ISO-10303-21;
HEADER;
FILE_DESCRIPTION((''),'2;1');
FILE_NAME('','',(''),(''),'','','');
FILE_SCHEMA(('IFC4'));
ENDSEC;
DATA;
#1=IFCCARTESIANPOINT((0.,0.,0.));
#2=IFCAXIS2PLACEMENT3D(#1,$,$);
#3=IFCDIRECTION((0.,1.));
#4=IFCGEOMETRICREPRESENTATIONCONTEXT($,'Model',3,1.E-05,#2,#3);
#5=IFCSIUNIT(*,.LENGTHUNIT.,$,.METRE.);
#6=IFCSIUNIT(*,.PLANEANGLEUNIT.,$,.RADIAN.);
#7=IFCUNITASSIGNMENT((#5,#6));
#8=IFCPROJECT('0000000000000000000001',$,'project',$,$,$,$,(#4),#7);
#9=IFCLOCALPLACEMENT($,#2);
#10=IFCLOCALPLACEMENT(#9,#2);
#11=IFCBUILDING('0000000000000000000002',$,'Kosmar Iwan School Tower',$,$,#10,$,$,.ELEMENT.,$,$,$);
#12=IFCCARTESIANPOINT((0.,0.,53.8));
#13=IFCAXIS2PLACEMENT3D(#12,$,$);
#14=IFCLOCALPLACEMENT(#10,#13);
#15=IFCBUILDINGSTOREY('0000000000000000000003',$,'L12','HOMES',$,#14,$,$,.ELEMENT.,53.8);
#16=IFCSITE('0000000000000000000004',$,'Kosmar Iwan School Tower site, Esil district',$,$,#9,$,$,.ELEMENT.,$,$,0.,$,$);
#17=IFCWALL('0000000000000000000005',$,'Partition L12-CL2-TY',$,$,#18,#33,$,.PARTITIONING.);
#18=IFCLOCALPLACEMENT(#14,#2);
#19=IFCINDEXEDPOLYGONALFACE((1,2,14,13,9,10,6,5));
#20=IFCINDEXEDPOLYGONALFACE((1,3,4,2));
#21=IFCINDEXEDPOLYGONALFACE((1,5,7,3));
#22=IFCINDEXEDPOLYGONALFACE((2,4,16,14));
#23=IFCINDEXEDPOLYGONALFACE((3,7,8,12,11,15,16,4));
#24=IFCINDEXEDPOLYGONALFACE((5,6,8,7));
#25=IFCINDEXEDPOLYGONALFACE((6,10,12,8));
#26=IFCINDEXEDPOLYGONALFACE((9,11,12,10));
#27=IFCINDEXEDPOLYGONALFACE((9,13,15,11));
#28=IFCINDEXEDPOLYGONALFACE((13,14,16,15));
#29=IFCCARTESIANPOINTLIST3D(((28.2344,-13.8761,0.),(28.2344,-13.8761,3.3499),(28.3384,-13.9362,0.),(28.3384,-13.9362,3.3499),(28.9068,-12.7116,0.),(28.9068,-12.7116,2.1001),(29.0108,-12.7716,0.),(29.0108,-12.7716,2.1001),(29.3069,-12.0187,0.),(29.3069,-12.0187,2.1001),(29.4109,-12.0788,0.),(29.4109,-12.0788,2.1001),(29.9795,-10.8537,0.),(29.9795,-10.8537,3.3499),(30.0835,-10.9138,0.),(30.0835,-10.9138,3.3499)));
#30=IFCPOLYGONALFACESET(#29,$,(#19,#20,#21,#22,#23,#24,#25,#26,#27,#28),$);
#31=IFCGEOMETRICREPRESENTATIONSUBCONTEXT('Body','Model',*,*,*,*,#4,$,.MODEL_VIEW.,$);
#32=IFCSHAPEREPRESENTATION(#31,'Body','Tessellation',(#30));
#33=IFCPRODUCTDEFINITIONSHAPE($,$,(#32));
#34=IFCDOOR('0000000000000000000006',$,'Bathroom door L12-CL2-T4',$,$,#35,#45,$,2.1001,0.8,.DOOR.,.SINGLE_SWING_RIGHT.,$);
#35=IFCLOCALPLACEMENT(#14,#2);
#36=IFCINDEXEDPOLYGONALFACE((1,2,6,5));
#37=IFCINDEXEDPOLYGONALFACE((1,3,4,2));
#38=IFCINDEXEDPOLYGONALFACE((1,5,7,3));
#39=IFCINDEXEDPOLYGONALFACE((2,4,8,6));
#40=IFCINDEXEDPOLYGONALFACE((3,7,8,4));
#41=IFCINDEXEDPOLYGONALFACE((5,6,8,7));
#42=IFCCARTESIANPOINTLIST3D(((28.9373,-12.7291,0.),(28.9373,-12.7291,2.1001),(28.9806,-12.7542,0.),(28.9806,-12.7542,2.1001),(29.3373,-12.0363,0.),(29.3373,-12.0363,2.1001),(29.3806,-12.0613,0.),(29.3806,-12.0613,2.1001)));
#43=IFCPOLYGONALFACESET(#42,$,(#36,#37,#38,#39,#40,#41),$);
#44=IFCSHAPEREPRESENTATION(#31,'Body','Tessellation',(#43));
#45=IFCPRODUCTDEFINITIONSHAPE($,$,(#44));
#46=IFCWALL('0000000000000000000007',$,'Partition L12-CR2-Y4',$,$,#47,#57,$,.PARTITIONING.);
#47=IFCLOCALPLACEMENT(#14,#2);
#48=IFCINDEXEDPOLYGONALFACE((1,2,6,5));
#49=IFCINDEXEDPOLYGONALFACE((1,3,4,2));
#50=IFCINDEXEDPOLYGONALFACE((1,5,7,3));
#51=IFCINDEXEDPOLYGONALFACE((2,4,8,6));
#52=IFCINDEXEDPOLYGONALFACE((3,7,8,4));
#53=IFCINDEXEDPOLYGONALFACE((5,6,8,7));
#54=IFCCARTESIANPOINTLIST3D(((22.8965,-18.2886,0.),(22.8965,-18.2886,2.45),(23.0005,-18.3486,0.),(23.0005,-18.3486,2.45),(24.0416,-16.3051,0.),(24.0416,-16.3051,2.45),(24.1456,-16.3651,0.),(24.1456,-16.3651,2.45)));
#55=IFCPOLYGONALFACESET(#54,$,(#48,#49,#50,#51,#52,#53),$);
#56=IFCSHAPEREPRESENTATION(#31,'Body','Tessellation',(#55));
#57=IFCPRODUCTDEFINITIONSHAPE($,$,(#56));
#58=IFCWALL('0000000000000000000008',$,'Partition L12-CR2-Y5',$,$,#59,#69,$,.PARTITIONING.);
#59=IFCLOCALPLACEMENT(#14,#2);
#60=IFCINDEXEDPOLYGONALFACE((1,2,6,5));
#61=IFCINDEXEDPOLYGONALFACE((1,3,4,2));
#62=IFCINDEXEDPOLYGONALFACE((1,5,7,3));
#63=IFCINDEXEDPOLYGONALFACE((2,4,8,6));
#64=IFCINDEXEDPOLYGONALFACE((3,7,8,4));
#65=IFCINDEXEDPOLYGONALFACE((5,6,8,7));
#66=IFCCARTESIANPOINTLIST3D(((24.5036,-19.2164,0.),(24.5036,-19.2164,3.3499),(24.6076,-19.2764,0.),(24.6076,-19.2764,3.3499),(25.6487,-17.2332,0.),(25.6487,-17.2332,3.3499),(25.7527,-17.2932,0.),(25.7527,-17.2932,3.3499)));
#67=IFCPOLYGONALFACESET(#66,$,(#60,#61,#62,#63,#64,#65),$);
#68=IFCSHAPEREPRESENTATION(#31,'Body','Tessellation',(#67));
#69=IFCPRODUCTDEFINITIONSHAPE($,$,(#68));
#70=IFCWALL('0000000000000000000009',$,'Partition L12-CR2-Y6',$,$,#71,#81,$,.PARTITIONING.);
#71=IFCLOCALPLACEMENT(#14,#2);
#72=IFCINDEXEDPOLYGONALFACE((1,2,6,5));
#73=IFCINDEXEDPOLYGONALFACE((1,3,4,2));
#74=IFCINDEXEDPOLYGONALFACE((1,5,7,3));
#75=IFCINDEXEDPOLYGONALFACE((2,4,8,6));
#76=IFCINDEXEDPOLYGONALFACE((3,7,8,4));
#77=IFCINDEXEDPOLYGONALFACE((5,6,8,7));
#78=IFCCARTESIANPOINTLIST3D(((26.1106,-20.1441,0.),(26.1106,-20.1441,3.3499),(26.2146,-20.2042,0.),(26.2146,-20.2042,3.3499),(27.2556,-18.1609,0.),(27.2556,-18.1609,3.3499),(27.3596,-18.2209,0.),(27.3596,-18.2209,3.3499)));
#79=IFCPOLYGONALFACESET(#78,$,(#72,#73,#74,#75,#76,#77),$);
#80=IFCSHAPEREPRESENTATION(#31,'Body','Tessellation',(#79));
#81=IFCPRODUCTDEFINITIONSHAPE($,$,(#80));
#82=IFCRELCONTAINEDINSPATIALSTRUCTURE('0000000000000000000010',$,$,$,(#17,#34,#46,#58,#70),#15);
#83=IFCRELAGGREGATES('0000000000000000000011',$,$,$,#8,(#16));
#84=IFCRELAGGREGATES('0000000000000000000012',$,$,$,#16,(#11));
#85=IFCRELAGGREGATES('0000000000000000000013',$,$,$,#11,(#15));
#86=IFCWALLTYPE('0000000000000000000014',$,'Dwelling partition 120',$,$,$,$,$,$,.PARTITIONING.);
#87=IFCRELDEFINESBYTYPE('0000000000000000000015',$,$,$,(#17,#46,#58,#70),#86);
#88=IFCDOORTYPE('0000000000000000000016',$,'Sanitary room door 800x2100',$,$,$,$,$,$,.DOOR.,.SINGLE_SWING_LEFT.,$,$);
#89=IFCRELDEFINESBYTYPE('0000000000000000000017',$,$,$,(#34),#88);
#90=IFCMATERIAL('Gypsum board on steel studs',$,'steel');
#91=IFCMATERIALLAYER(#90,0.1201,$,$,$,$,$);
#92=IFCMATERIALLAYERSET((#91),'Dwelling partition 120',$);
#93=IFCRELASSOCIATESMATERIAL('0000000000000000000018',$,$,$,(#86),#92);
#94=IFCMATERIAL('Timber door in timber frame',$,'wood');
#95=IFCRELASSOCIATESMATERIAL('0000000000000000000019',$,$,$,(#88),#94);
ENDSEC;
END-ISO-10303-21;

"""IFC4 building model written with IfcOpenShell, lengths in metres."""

from ifc_helpers import new_model, si_unit, direction, frame, frame_2d, origin, place, context, subcontext, project, spatial, rectangle, extrude, material, layer, layer_set, type_object, element, fill, save


model = new_model("IFC4")

# Units and contexts
model_context = context("Model", 3, precision=1e-05, world=origin(), true_north=direction((0.0, 1.0)))
body_context = subcontext(model_context, "Body", "Model", "MODEL_VIEW")
ifc_project = project(units=[si_unit("LENGTHUNIT", "METRE"), si_unit("PLANEANGLEUNIT", "RADIAN")], contexts=[model_context])

# Site, building, storey
site_placement = place(None, origin())
site = spatial("IfcSite", under=ifc_project, at=site_placement, Name="Kosmar Iwan School Tower site, Esil district", CompositionType="ELEMENT", RefElevation=0.0)
building_placement = place(site_placement, origin())
building = spatial("IfcBuilding", under=site, at=building_placement, Name="Kosmar Iwan School Tower", CompositionType="ELEMENT")
storey_placement = place(building_placement, frame((0.0, 0.0, 53.8)))
storey = spatial("IfcBuildingStorey", under=building, at=storey_placement, Name="L12", Description="HOMES", CompositionType="ELEMENT", Elevation=53.8)

# Wall, opening, door
ifc_material_1 = material(Name="Gypsum board on steel studs", Category="steel")
ifc_layer_1 = layer(ifc_material_1, 0.1201)
ifc_layer_set_1 = layer_set([ifc_layer_1], Name="Dwelling partition 120")
wall_type_1 = type_object("IfcWallType", Name="Dwelling partition 120", PredefinedType="PARTITIONING", material=ifc_layer_set_1)
wall_1_placement = place(storey_placement, frame((28.2864, -13.9062, 0.0), z_axis=(0.0, 0.0, 1.0), x_axis=(0.500021, 0.866013, 0.0)))
wall_1 = element("IfcWall", 1, at=wall_1_placement, inside=storey, type_object=wall_type_1, Name="Partition L12-CL2-TY", PredefinedType="PARTITIONING", context=body_context, shape_type="SweptSolid", body=[
    extrude(rectangle(XDim=3.49, YDim=0.1201, at=frame_2d((1.7451, 0.0))), origin(), (0.0, 0.0, 1.0), 3.3499),
])
opening_1_placement = place(wall_1_placement, frame((1.345, 0.0, 0.0)))
opening_1 = element("IfcOpeningElement", 2, at=opening_1_placement, cuts=wall_1, PredefinedType="OPENING", context=body_context, shape_type="SweptSolid", body=[
    extrude(rectangle(XDim=0.8, YDim=2.1001, at=frame_2d((0.3999, 1.05))), frame((0.0, 0.072, 0.0), z_axis=(0.0, -1.0, 0.0), x_axis=(1.0, 0.0, 0.0)), (0.0, 0.0, 1.0), 0.144),
])
ifc_material_2 = material(Name="Timber door in timber frame", Category="wood")
door_type_1 = type_object("IfcDoorType", Name="Sanitary room door 800x2100", OperationType="SINGLE_SWING_LEFT", PredefinedType="DOOR", material=ifc_material_2)
door_1_placement = place(opening_1_placement, origin())
door_1 = element("IfcDoor", 3, at=door_1_placement, inside=storey, type_object=door_type_1, Name="Bathroom door L12-CL2-T4", OperationType="SINGLE_SWING_RIGHT", OverallHeight=2.1001, OverallWidth=0.8, PredefinedType="DOOR", context=body_context, shape_type="SweptSolid", body=[
    extrude(rectangle(XDim=0.8, YDim=2.1001, at=frame_2d((0.3999, 1.05))), frame((0.0, 0.0249, 0.0), z_axis=(0.0, -1.0, 0.0), x_axis=(1.0, 0.0, 0.0)), (0.0, 0.0, 1.0), 0.05),
])
fill(opening_1, door_1)

# Walls
wall_2_placement = place(storey_placement, frame((24.0935, -16.3352, 0.0), z_axis=(0.0, 0.0, 1.0), x_axis=(-0.499969, -0.866044, 0.0)))
element("IfcWall", 4, at=wall_2_placement, inside=storey, type_object=wall_type_1, Name="Partition L12-CR2-Y4", PredefinedType="PARTITIONING", context=body_context, shape_type="SweptSolid", body=[
    extrude(rectangle(XDim=2.2903, YDim=0.1201, at=frame_2d((1.145, 0.0))), origin(), (0.0, 0.0, 1.0), 2.45),
])
for number, where, z_axis, x_axis, name in (
    (5, (25.7007, -17.2632, 0.0), (0.0, 0.0, 1.0), (-0.500015, -0.866017, 0.0), "Partition L12-CR2-Y5"),
    (6, (27.3076, -18.1909, 0.0), (0.0, 0.0, 1.0), (-0.500015, -0.866017, 0.0), "Partition L12-CR2-Y6"),
):
    element("IfcWall", number, at=place(storey_placement, frame(where, z_axis=z_axis, x_axis=x_axis)), inside=storey, type_object=wall_type_1, Name=name, PredefinedType="PARTITIONING", context=body_context, shape_type="SweptSolid", body=[
        extrude(rectangle(XDim=2.29, YDim=0.1201, at=frame_2d((1.145, 0.0))), origin(), (0.0, 0.0, 1.0), 3.3499),
    ])

save(model, "model.ifc")
